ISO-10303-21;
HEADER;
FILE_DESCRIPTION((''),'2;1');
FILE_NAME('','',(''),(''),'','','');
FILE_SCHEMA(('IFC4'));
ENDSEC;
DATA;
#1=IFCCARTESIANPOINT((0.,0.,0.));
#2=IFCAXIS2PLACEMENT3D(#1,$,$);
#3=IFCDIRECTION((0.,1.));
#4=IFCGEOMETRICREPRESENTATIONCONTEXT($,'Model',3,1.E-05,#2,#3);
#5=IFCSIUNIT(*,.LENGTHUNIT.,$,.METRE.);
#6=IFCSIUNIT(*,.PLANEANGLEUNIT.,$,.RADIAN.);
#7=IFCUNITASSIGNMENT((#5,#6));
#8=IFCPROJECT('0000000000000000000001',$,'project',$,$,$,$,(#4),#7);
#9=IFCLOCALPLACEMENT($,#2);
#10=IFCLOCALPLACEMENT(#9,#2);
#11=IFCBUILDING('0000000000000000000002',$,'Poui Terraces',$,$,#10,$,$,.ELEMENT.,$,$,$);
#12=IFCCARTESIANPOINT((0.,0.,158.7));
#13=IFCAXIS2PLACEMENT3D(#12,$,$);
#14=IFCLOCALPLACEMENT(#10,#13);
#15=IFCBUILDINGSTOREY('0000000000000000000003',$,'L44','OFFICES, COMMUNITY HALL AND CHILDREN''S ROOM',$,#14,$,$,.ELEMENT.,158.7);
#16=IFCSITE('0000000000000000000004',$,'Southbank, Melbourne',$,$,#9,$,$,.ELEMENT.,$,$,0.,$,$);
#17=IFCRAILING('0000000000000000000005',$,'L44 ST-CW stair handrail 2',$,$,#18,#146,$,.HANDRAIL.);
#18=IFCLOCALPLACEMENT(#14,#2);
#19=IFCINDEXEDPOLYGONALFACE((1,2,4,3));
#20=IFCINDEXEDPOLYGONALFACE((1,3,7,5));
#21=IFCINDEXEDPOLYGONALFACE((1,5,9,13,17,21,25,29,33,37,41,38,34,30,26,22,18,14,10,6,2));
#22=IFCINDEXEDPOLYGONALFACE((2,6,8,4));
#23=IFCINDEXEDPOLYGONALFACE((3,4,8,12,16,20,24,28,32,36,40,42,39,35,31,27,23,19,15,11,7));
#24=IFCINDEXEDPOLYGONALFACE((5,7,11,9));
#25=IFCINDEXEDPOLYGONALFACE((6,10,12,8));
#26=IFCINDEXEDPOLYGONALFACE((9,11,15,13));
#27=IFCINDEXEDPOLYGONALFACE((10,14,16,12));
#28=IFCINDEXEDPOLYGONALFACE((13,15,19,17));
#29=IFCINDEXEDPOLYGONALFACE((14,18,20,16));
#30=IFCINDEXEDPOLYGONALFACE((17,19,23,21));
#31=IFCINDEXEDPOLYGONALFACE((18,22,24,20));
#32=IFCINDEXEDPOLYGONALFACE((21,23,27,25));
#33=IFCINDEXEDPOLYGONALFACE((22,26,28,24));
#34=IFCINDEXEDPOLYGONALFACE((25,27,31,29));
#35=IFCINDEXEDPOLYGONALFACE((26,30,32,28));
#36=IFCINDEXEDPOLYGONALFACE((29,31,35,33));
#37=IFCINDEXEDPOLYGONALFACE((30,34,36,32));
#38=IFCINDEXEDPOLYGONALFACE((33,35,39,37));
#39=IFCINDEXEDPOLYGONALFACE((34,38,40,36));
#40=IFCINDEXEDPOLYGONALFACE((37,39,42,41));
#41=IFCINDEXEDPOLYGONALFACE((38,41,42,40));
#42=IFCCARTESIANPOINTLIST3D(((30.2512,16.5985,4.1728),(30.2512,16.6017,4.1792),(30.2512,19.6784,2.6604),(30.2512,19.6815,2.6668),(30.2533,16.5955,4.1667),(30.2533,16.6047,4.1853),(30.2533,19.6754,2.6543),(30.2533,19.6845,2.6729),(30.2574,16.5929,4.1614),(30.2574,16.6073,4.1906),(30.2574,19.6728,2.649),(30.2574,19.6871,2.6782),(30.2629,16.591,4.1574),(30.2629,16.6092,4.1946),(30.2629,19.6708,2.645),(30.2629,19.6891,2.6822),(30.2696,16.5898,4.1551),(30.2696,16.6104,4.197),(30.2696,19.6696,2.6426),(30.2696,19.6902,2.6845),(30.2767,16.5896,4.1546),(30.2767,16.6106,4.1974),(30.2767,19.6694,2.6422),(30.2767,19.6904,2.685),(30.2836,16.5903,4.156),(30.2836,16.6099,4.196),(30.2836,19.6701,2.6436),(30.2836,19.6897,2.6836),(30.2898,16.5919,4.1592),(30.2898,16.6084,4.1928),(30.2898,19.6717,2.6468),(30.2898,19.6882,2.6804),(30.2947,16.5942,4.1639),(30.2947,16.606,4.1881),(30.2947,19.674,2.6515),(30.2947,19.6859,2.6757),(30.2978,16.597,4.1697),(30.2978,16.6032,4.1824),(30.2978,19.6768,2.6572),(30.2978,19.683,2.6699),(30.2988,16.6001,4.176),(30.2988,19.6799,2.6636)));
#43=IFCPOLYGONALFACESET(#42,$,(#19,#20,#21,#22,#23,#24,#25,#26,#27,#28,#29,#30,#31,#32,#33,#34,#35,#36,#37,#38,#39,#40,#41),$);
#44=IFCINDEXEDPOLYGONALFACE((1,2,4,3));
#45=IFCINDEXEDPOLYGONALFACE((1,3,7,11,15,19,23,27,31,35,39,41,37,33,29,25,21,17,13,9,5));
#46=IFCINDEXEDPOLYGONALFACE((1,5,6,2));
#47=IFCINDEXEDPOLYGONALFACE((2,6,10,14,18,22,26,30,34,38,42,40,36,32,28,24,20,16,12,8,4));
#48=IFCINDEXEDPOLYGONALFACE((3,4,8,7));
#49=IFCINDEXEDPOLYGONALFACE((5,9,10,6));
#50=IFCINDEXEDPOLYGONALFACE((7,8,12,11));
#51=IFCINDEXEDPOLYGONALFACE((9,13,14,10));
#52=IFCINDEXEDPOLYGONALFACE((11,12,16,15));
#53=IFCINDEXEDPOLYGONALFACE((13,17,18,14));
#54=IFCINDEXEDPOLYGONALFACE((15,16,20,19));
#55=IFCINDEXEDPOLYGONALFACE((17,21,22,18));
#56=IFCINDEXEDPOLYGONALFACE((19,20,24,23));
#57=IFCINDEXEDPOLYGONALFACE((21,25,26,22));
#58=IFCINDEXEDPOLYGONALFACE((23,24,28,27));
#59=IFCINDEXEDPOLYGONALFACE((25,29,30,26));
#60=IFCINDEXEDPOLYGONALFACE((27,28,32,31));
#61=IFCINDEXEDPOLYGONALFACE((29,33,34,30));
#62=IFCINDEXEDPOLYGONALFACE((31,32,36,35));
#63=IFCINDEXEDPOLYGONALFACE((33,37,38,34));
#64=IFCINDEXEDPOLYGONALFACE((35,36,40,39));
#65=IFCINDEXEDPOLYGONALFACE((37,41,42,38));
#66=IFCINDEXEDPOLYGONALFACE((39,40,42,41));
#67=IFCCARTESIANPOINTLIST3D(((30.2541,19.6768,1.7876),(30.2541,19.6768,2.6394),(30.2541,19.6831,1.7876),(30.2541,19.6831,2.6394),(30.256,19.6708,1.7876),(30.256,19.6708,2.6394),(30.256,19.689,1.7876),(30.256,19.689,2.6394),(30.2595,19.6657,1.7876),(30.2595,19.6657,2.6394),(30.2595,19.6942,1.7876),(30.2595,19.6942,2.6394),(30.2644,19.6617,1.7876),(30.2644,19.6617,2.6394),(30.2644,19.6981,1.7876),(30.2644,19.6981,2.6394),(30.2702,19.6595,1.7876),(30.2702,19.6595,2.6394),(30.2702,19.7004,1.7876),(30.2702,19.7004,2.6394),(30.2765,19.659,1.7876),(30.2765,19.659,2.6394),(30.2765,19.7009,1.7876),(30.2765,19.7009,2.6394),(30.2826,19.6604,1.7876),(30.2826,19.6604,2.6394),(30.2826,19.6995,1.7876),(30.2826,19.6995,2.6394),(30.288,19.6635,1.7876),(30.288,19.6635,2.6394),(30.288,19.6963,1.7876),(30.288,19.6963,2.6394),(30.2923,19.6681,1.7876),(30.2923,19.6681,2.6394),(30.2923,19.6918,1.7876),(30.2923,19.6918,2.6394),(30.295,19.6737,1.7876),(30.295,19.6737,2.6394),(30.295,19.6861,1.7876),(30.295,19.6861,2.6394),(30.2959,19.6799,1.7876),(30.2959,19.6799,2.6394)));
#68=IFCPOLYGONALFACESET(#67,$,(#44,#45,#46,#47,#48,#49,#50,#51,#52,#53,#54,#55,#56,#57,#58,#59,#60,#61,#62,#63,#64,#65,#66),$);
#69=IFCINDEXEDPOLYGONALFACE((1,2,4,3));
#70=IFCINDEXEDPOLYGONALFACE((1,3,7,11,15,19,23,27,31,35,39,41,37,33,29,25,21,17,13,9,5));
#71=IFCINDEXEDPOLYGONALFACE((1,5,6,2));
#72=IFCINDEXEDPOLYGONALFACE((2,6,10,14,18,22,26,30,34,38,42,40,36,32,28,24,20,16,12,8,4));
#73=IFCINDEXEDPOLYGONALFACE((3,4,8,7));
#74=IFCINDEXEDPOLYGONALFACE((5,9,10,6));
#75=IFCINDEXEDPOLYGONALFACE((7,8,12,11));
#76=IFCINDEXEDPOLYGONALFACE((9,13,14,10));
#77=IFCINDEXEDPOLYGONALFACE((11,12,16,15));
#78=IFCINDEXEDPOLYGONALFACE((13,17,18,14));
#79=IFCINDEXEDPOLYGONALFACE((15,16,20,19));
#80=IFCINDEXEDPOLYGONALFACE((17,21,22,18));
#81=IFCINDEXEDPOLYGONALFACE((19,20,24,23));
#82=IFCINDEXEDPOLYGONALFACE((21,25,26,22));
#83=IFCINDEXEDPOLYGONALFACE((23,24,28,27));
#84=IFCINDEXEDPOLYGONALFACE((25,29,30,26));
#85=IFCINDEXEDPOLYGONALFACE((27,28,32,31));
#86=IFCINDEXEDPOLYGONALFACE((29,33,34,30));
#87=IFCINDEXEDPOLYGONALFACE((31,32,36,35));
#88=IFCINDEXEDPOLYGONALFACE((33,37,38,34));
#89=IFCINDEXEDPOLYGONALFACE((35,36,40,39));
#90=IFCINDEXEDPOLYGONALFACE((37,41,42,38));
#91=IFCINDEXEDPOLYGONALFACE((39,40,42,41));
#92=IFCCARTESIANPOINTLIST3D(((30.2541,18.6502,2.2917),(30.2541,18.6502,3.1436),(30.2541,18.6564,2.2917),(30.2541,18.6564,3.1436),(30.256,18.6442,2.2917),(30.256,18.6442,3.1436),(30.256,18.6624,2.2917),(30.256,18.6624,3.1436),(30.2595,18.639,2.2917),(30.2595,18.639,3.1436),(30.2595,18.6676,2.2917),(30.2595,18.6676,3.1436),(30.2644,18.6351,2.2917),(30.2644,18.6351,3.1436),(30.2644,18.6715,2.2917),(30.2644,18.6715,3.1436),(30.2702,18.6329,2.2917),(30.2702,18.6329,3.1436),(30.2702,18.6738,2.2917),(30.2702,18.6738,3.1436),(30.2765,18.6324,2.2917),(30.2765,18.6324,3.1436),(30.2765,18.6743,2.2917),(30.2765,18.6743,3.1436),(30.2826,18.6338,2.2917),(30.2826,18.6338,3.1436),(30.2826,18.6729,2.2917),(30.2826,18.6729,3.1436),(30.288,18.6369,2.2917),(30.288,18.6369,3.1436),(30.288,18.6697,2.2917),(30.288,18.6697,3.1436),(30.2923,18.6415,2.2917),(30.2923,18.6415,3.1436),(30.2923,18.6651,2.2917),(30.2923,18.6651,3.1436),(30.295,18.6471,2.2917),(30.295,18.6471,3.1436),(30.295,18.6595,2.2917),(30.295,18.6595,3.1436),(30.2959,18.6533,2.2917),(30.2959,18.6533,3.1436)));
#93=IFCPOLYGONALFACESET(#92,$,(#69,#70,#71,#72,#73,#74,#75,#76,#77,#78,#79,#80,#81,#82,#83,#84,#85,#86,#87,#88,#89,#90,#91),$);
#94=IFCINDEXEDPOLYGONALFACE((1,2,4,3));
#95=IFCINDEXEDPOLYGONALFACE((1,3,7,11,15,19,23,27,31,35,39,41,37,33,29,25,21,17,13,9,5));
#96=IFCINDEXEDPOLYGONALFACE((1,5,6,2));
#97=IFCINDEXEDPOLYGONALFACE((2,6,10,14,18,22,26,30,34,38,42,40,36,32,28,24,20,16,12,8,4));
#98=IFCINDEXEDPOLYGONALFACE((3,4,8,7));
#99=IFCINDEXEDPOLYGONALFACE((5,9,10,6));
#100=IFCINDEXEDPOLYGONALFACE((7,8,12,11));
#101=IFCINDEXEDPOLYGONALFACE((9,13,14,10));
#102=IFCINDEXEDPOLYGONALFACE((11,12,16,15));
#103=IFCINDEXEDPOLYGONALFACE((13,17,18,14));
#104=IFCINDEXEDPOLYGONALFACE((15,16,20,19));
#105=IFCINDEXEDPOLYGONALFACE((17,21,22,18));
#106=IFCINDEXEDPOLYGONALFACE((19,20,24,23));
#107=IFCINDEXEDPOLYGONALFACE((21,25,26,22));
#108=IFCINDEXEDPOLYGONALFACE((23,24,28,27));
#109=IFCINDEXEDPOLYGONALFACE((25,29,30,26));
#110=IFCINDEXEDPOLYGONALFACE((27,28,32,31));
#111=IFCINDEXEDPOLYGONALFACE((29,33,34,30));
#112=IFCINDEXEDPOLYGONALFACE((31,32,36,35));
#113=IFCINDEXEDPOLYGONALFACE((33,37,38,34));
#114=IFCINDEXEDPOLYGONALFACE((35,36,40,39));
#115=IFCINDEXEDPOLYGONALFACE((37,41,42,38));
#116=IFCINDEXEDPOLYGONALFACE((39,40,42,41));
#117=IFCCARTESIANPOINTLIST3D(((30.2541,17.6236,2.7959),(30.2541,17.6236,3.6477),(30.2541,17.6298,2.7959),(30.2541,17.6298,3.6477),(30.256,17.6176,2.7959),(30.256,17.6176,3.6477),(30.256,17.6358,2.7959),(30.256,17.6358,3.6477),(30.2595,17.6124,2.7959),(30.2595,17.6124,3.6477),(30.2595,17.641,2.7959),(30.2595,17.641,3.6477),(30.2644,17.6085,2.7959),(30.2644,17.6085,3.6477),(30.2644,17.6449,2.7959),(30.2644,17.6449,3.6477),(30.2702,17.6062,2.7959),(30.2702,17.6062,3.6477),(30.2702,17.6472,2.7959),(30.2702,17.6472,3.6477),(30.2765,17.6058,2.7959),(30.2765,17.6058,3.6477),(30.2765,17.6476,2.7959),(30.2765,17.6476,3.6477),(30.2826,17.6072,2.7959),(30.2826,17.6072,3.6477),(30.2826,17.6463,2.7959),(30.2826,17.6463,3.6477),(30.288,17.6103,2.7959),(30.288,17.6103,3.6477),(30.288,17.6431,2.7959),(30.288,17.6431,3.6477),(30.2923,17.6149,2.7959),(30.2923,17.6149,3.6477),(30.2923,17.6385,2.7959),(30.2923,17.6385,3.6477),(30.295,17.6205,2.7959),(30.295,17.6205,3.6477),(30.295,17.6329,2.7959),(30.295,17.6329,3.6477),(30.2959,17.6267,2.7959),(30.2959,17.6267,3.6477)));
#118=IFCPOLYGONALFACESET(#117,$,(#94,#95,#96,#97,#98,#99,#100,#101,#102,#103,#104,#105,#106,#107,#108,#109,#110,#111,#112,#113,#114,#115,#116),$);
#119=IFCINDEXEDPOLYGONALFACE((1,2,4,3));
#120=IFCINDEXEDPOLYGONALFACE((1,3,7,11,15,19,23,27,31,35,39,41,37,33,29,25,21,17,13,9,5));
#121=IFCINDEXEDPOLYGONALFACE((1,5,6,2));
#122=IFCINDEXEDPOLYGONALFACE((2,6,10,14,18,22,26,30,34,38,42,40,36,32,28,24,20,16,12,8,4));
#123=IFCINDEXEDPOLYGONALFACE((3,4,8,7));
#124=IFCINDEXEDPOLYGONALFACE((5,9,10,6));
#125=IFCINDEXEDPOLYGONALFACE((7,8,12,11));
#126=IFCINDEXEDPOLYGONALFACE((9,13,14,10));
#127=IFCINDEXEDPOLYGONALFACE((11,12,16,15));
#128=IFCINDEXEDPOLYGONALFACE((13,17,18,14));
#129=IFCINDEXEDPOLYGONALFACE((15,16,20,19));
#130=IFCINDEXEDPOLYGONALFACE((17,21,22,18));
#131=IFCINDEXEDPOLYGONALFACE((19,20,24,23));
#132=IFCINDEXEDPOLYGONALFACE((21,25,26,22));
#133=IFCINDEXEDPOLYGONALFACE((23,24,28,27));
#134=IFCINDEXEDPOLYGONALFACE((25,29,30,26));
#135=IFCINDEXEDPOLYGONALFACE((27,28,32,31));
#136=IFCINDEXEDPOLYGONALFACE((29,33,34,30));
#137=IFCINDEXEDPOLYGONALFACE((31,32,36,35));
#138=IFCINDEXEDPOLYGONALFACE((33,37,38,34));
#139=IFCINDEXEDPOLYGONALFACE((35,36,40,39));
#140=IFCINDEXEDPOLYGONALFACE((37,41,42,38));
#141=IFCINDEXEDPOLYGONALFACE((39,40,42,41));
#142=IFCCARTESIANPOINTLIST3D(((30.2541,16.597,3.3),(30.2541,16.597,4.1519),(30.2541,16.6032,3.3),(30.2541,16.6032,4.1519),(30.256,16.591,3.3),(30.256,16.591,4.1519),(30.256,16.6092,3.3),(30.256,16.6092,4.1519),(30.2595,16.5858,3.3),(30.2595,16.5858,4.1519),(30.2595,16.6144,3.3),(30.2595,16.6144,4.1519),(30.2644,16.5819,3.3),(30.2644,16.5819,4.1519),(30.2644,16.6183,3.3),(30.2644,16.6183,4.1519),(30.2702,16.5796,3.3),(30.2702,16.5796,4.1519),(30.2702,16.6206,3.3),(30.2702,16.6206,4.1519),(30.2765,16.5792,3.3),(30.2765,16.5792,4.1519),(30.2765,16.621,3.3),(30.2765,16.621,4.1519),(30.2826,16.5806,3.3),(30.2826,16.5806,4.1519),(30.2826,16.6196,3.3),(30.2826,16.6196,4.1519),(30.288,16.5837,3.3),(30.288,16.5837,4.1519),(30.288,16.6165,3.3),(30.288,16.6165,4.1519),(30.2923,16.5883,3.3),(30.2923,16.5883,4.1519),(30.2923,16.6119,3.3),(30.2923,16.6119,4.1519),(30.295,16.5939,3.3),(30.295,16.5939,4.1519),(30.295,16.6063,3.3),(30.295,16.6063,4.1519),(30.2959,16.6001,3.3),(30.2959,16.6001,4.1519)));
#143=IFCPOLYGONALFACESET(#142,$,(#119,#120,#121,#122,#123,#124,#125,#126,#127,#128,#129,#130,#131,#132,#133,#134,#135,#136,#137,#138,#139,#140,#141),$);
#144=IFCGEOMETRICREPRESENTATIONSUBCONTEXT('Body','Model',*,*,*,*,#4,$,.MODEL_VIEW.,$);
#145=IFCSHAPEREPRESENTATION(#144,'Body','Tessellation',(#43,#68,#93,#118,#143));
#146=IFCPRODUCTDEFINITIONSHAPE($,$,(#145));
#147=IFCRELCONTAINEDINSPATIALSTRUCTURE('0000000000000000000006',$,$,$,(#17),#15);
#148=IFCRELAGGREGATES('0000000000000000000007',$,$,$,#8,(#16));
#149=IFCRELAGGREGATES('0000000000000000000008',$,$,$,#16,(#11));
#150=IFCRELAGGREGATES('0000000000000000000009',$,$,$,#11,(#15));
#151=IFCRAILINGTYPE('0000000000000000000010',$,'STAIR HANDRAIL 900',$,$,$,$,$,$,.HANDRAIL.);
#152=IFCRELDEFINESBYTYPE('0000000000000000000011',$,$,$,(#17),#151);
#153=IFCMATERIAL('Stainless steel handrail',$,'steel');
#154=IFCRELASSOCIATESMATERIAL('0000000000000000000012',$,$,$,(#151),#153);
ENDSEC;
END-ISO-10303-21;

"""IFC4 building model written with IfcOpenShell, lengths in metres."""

from ifc_helpers import new_model, si_unit, direction, frame, origin, origin_2d, place, context, subcontext, project, spatial, circle, extrude, material, type_object, element, save


model = new_model("IFC4")

# Units and contexts
model_context = context("Model", 3, precision=1e-05, world=origin(), true_north=direction((0.0, 1.0)))
body_context = subcontext(model_context, "Body", "Model", "MODEL_VIEW")
ifc_project = project(units=[si_unit("LENGTHUNIT", "METRE"), si_unit("PLANEANGLEUNIT", "RADIAN")], contexts=[model_context])

# Site, building, storey
site_placement = place(None, origin())
site = spatial("IfcSite", under=ifc_project, at=site_placement, Name="Southbank, Melbourne", CompositionType="ELEMENT", RefElevation=0.0)
building_placement = place(site_placement, origin())
building = spatial("IfcBuilding", under=site, at=building_placement, Name="Poui Terraces", CompositionType="ELEMENT")
storey_placement = place(building_placement, frame((0.0, 0.0, 158.7)))
storey = spatial("IfcBuildingStorey", under=building, at=storey_placement, Name="L44", Description="OFFICES, COMMUNITY HALL AND CHILDREN'S ROOM", CompositionType="ELEMENT", Elevation=158.7)

# Railing
ifc_material_1 = material(Name="Stainless steel handrail", Category="steel")
railing_type_1 = type_object("IfcRailingType", Name="STAIR HANDRAIL 900", PredefinedType="HANDRAIL", material=ifc_material_1)
railing_1_placement = place(storey_placement, frame((30.2749, 19.6799, 1.7876)))
element("IfcRailing", 1, at=railing_1_placement, inside=storey, type_object=railing_type_1, Name="L44 ST-CW stair handrail 2", PredefinedType="HANDRAIL", context=body_context, shape_type="SweptSolid", body=[
    extrude(circle(Radius=0.0239, at=origin_2d()), frame((0.0, 0.0, 0.876), z_axis=(0.0, -0.897606, 0.440798), x_axis=(1.0, 0.0, 0.0)), (0.0, 0.0, 1.0), 3.4312),
    extrude(circle(Radius=0.021, at=origin_2d()), origin(), (0.0, 0.0, 1.0), 0.8518),
    extrude(circle(Radius=0.021, at=origin_2d()), frame((0.0, -1.0266, 0.5042)), (0.0, 0.0, 1.0), 0.8518),
    extrude(circle(Radius=0.021, at=origin_2d()), frame((0.0, -2.0532, 1.0083)), (0.0, 0.0, 1.0), 0.8518),
    extrude(circle(Radius=0.021, at=origin_2d()), frame((0.0, -3.0798, 1.5125)), (0.0, 0.0, 1.0), 0.8518),
])

save(model, "model.ifc")
